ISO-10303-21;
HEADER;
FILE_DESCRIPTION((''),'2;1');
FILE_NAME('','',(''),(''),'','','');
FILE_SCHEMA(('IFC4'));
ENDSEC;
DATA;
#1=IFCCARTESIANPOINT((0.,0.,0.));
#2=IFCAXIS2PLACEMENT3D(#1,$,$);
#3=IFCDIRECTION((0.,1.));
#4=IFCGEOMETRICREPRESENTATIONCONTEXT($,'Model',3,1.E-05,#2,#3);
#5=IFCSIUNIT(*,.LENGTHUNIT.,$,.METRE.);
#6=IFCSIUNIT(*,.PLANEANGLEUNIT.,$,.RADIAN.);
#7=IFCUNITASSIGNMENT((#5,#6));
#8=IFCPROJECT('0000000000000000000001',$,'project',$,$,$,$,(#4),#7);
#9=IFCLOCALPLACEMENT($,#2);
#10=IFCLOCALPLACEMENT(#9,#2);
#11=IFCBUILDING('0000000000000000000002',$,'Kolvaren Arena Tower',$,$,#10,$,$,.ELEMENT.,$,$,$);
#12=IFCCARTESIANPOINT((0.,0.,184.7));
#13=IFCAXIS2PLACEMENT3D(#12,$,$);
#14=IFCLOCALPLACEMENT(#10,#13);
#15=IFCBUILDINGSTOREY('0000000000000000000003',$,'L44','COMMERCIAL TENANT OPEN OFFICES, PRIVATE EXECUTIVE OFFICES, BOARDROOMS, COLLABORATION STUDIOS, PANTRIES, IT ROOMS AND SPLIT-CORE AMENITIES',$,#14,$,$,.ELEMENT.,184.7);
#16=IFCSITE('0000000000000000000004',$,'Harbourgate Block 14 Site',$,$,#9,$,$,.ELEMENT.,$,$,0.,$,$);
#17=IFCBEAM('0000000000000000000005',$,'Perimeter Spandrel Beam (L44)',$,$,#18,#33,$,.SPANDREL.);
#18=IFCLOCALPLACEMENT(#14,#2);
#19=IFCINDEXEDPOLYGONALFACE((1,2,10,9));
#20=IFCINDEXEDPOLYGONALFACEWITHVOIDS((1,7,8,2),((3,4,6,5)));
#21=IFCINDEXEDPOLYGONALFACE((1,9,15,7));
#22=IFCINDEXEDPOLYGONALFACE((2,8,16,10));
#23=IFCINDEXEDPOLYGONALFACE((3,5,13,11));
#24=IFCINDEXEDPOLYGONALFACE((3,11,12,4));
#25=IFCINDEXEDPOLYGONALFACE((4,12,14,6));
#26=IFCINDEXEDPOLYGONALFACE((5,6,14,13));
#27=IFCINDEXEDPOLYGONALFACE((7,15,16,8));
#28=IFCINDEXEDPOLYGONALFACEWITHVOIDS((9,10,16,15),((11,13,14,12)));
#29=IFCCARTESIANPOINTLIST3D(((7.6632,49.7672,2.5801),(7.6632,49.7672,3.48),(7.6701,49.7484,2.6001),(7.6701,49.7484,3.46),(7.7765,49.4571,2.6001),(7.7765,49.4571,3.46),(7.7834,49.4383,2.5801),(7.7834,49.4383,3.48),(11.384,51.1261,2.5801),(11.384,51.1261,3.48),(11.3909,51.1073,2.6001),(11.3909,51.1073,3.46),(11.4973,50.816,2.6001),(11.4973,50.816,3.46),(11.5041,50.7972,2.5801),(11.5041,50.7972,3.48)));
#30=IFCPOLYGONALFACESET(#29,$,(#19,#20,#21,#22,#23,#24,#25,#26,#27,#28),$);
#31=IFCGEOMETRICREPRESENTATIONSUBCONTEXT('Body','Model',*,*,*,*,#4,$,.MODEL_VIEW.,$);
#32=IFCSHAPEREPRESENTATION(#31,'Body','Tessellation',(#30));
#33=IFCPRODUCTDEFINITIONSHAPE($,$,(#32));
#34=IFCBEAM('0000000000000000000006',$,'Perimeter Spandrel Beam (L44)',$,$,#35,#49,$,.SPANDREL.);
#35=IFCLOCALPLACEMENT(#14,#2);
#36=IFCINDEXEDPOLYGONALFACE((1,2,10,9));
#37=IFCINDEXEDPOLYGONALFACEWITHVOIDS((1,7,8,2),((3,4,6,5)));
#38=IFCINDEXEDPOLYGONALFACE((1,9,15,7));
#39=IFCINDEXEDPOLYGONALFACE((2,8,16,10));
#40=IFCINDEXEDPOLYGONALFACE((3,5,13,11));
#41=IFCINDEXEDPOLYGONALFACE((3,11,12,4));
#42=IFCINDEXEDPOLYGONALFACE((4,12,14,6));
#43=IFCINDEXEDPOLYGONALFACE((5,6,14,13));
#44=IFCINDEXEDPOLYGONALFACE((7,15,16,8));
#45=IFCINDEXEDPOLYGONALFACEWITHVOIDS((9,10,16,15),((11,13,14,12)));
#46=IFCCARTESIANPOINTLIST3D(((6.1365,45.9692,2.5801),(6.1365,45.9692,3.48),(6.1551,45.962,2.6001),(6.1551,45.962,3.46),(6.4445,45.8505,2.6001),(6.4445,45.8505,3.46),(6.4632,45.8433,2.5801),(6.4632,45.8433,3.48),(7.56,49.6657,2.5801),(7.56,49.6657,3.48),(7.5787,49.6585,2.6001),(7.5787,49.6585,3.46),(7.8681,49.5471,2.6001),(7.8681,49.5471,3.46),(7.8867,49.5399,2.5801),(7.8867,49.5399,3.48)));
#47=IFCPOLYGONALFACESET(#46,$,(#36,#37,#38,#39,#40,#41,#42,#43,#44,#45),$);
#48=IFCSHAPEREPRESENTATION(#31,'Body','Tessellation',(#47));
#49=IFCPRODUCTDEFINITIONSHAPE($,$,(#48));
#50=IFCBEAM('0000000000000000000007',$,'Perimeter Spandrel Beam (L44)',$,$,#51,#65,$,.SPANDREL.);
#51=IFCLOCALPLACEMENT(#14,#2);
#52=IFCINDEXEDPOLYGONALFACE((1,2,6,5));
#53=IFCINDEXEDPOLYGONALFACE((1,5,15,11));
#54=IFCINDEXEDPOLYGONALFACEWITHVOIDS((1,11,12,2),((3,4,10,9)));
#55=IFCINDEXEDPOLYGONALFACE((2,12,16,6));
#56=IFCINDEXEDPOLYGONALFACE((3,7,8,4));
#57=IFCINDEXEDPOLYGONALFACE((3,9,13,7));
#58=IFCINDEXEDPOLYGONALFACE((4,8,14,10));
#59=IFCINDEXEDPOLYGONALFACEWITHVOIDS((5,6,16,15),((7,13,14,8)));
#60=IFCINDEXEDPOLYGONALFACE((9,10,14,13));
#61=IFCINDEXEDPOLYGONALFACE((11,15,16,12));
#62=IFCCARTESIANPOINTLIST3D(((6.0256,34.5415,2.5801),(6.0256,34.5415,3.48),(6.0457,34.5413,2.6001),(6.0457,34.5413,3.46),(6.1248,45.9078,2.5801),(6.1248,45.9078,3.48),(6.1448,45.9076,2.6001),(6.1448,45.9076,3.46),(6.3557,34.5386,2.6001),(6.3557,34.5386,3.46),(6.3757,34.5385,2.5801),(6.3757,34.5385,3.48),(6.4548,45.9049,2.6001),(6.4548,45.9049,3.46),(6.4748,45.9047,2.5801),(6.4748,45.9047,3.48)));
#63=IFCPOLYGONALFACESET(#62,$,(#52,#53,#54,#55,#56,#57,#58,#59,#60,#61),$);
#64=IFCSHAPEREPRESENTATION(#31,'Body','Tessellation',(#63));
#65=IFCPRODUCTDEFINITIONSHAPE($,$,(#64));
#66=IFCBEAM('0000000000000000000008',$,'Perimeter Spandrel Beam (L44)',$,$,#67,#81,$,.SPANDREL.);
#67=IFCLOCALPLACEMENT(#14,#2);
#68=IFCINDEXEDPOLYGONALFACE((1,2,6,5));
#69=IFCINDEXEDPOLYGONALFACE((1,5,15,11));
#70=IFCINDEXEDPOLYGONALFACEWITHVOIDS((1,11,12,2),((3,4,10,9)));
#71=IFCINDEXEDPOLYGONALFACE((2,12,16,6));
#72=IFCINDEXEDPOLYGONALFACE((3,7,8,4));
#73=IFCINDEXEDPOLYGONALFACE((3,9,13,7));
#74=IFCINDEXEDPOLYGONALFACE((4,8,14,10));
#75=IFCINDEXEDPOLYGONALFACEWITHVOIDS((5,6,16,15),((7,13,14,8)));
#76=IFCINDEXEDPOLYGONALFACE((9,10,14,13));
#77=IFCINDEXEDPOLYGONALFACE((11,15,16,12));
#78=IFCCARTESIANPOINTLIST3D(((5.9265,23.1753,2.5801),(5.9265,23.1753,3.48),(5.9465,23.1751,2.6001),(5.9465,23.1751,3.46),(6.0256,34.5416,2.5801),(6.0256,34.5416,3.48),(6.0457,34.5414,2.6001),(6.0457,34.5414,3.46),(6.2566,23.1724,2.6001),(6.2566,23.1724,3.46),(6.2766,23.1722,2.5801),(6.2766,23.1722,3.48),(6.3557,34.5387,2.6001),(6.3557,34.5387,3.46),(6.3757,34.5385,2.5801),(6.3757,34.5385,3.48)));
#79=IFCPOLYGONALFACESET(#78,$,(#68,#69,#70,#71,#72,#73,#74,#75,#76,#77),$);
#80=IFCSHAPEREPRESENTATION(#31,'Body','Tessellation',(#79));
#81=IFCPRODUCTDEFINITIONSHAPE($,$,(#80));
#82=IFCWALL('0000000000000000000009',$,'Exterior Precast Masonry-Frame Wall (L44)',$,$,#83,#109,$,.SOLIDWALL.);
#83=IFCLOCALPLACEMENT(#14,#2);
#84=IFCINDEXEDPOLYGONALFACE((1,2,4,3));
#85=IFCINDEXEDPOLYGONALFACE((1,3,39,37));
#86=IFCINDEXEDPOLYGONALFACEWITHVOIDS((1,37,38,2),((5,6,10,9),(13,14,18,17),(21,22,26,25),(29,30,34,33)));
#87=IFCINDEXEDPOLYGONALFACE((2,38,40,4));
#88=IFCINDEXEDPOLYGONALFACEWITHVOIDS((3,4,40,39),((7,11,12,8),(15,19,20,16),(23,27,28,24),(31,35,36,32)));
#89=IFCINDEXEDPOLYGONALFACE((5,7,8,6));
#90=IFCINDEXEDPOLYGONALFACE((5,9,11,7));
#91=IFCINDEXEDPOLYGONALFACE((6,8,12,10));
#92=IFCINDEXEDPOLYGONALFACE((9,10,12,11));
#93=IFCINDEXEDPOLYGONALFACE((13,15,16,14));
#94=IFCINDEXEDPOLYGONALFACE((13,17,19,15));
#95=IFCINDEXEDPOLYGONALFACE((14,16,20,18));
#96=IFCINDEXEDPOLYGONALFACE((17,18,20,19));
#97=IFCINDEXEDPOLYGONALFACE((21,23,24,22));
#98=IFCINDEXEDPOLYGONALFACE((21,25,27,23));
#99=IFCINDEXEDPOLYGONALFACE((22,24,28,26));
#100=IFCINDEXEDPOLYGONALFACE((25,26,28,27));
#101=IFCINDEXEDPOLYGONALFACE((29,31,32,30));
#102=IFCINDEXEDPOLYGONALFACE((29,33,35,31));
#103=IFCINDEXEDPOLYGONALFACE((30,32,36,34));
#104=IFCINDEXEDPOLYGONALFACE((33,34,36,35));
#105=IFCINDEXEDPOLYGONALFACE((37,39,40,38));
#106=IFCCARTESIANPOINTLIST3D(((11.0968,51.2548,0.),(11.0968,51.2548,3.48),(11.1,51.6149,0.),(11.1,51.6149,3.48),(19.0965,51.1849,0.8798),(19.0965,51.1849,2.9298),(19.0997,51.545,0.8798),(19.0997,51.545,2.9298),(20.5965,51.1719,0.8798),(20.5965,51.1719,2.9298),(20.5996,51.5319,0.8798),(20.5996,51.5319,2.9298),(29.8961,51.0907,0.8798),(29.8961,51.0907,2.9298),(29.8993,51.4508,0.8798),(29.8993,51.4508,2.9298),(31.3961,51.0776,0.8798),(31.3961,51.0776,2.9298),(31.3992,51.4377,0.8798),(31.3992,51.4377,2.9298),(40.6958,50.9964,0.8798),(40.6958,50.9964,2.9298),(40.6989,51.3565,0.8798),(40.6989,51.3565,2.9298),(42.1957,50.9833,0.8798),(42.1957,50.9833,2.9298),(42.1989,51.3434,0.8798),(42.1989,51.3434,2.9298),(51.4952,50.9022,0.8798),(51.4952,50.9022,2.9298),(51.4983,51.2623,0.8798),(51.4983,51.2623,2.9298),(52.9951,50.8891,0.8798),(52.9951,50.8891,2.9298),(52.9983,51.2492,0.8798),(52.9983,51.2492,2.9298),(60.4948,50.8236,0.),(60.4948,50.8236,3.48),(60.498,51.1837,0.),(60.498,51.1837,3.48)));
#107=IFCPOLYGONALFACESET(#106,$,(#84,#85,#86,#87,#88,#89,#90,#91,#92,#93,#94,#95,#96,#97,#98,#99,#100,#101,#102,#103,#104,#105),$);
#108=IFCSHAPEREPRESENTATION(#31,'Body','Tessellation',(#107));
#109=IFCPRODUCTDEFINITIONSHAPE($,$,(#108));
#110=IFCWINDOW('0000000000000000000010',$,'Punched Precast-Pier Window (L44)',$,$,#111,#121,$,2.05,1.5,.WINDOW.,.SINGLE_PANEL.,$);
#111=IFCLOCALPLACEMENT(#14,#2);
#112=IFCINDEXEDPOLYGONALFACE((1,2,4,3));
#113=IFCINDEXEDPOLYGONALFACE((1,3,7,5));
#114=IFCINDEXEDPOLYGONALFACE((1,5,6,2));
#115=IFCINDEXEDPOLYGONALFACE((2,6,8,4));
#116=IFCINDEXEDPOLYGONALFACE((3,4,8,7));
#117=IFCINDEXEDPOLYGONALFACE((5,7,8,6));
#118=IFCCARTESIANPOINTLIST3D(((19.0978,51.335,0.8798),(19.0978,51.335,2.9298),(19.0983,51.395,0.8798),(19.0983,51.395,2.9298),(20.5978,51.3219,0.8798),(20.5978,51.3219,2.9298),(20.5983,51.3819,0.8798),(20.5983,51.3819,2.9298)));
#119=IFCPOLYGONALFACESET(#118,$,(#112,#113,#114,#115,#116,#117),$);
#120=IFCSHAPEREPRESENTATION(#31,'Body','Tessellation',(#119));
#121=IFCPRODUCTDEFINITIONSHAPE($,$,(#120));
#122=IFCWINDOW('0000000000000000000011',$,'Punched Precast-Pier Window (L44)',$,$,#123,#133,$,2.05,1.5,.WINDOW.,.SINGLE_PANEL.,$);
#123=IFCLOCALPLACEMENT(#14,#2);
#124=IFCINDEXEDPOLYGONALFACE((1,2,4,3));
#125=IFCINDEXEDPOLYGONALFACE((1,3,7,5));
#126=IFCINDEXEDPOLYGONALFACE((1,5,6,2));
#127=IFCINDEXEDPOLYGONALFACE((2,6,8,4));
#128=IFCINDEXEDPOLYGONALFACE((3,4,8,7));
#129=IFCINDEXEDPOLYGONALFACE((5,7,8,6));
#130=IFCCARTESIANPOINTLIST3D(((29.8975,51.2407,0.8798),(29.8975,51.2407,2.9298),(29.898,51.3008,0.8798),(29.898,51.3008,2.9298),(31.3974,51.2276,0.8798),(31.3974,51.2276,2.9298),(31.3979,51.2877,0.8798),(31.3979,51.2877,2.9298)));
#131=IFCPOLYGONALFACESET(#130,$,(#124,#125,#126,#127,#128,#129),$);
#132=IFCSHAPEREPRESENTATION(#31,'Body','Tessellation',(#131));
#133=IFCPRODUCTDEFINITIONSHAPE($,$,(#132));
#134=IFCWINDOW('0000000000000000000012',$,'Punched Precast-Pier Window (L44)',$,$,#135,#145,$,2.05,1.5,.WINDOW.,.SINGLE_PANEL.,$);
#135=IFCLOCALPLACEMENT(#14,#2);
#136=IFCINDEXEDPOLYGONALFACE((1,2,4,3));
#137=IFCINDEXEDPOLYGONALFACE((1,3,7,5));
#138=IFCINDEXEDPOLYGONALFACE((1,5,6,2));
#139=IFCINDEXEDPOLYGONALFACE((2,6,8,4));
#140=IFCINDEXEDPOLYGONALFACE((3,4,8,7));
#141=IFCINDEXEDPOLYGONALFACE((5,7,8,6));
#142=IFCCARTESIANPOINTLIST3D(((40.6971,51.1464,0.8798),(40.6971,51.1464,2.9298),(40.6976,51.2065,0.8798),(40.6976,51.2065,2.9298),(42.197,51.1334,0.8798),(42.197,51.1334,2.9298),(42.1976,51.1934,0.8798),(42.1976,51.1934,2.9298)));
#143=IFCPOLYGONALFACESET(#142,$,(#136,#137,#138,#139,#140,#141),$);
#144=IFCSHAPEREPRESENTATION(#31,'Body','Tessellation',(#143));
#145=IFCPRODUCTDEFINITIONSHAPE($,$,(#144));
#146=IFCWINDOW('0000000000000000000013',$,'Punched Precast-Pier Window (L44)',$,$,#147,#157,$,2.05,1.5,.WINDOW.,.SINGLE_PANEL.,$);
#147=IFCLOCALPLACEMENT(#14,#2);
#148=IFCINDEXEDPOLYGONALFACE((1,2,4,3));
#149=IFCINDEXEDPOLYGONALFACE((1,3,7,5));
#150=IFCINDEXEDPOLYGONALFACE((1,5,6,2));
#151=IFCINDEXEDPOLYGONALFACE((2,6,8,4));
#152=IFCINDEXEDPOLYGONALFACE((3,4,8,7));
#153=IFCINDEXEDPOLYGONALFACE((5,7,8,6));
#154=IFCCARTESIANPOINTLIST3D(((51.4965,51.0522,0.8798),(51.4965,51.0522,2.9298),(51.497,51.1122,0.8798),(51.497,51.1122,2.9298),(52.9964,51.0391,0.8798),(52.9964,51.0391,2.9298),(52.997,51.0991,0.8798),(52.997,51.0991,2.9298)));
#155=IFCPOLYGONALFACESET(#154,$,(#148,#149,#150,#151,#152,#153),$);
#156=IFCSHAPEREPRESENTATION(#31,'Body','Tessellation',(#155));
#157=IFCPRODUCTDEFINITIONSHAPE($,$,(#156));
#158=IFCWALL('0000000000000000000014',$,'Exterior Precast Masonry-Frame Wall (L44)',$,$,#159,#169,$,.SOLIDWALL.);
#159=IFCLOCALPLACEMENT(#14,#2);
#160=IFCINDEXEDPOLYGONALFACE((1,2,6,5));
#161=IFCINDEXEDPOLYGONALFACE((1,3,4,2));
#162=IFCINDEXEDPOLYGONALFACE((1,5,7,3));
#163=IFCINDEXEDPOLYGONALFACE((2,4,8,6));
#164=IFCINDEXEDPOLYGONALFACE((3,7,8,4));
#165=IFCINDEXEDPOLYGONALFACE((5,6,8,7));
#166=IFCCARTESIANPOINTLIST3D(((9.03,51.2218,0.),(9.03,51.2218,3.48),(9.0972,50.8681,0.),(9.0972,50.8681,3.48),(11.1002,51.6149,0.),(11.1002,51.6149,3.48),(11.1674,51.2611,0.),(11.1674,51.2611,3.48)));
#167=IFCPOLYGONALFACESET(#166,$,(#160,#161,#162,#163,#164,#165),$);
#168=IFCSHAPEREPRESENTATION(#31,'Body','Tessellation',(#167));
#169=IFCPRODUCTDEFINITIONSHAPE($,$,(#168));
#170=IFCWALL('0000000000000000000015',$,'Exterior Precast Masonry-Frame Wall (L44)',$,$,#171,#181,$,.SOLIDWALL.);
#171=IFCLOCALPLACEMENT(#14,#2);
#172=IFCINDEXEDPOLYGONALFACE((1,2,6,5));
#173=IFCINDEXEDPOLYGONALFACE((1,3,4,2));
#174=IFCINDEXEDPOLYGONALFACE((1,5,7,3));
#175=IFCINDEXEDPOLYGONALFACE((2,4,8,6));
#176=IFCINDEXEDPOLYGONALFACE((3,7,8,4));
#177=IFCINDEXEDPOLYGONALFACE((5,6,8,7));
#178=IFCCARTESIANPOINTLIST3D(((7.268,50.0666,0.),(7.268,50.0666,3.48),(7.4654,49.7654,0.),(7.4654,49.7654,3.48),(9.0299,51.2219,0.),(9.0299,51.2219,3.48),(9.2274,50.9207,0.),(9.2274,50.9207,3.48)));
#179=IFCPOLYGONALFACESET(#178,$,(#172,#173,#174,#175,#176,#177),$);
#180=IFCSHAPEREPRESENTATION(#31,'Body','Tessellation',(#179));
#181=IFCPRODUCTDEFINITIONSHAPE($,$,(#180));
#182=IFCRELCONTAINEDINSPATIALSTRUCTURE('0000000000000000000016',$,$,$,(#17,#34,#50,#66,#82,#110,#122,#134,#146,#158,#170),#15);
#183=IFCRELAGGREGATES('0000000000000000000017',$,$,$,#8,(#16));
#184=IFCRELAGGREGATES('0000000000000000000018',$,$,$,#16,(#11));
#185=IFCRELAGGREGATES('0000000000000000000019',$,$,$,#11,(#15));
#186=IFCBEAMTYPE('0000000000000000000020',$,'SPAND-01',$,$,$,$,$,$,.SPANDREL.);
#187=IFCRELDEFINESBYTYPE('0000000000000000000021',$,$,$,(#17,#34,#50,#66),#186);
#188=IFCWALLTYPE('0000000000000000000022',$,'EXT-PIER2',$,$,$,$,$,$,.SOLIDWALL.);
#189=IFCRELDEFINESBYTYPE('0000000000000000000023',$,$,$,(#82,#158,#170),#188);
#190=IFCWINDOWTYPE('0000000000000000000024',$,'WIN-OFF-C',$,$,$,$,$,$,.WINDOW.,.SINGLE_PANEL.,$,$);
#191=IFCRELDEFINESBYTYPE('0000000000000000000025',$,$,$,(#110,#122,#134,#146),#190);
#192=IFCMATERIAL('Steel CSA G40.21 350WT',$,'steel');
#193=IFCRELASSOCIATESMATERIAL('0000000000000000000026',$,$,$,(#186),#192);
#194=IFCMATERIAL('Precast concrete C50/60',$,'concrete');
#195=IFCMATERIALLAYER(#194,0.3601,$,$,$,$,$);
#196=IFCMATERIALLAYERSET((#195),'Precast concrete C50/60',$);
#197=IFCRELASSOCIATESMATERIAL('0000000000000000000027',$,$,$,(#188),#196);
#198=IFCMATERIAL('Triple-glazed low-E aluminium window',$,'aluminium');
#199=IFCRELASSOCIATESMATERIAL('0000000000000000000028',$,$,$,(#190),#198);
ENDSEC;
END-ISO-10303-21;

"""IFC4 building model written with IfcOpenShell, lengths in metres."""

from ifc_helpers import new_model, si_unit, direction, frame, frame_2d, origin, origin_2d, place, context, subcontext, project, spatial, rectangle, hollow_rectangle, extrude, material, layer, layer_set, material_profile, profile_set, type_object, element, fill, save


model = new_model("IFC4")

# Units and contexts
model_context = context("Model", 3, precision=1e-05, world=origin(), true_north=direction((0.0, 1.0)))
body_context = subcontext(model_context, "Body", "Model", "MODEL_VIEW")
ifc_project = project(units=[si_unit("LENGTHUNIT", "METRE"), si_unit("PLANEANGLEUNIT", "RADIAN")], contexts=[model_context])

# Site, building, storey
site_placement = place(None, origin())
site = spatial("IfcSite", under=ifc_project, at=site_placement, Name="Harbourgate Block 14 Site", CompositionType="ELEMENT", RefElevation=0.0)
building_placement = place(site_placement, origin())
building = spatial("IfcBuilding", under=site, at=building_placement, Name="Kolvaren Arena Tower", CompositionType="ELEMENT")
storey_placement = place(building_placement, frame((0.0, 0.0, 184.7)))
storey = spatial("IfcBuildingStorey", under=building, at=storey_placement, Name="L44", Description="COMMERCIAL TENANT OPEN OFFICES, PRIVATE EXECUTIVE OFFICES, BOARDROOMS, COLLABORATION STUDIOS, PANTRIES, IT ROOMS AND SPLIT-CORE AMENITIES", CompositionType="ELEMENT", Elevation=184.7)

# Beams
ifc_material_1 = material(Name="Steel CSA G40.21 350WT", Category="steel")
ifc_material_profile_1 = material_profile(ifc_material_1, hollow_rectangle(XDim=0.3501, YDim=0.8999, WallThickness=0.02, at=origin_2d()), Name="HSS 900x350x20")
ifc_profile_set_1 = profile_set([ifc_material_profile_1], Name="Steel CSA G40.21 350WT")
beam_type_1 = type_object("IfcBeamType", Name="SPAND-01", PredefinedType="SPANDREL", material=ifc_profile_set_1)
for number, where, z_axis, x_axis, name in (
    (1, (11.4441, 50.9617, 3.03), (-0.939314, -0.343059, 0.0), (0.343059, -0.939314, 0.0), "Perimeter Spandrel Beam (L44)"),
    (2, (7.7234, 49.6028, 3.03), (-0.359384, -0.93319, 0.0), (0.93319, -0.359384, 0.0), "Perimeter Spandrel Beam (L44)"),
):
    element("IfcBeam", number, at=place(storey_placement, frame(where, z_axis=z_axis, x_axis=x_axis)), inside=storey, type_object=beam_type_1, Name=name, PredefinedType="SPANDREL", context=body_context, shape_type="SweptSolid", body=[
        extrude(hollow_rectangle(XDim=0.3501, YDim=0.8999, WallThickness=0.02, at=origin_2d()), origin(), (0.0, 0.0, 1.0), 3.9612),
    ])
for number, where, z_axis, x_axis, name in (
    (3, (6.2998, 45.9062, 3.03), (-0.00872, -0.999962, 0.0), (0.999962, -0.00872, 0.0), "Perimeter Spandrel Beam (L44)"),
    (4, (6.2007, 34.54, 3.03), (-0.00872, -0.999962, 0.0), (0.999962, -0.00872, 0.0), "Perimeter Spandrel Beam (L44)"),
):
    element("IfcBeam", number, at=place(storey_placement, frame(where, z_axis=z_axis, x_axis=x_axis)), inside=storey, type_object=beam_type_1, Name=name, PredefinedType="SPANDREL", context=body_context, shape_type="SweptSolid", body=[
        extrude(hollow_rectangle(XDim=0.3501, YDim=0.8999, WallThickness=0.02, at=origin_2d()), origin(), (0.0, 0.0, 1.0), 11.3667),
    ])

# Wall, openings, windows
ifc_material_2 = material(Name="Precast concrete C50/60", Category="concrete")
ifc_layer_1 = layer(ifc_material_2, 0.3601)
ifc_layer_set_1 = layer_set([ifc_layer_1], Name="Precast concrete C50/60")
wall_type_1 = type_object("IfcWallType", Name="EXT-PIER2", PredefinedType="SOLIDWALL", material=ifc_layer_set_1)
wall_1_placement = place(storey_placement, frame((11.0984, 51.4348, 0.0), z_axis=(0.0, 0.0, 1.0), x_axis=(0.999962, -0.008728, 0.0)))
wall_1 = element("IfcWall", 5, at=wall_1_placement, inside=storey, type_object=wall_type_1, Name="Exterior Precast Masonry-Frame Wall (L44)", PredefinedType="SOLIDWALL", context=body_context, shape_type="SweptSolid", body=[
    extrude(rectangle(XDim=49.3999, YDim=0.3601, at=frame_2d((24.7, 0.0))), origin(), (0.0, 0.0, 1.0), 3.48),
])
opening_1_placement = place(wall_1_placement, frame((8.0, 0.0, 0.8799)))
opening_1 = element("IfcOpeningElement", 6, at=opening_1_placement, cuts=wall_1, PredefinedType="OPENING", context=body_context, shape_type="SweptSolid", body=[
    extrude(rectangle(XDim=1.5, YDim=2.05, at=frame_2d((0.75, 1.0249))), frame((0.0, 0.1899, 0.0), z_axis=(0.0, -1.0, 0.0), x_axis=(1.0, 0.0, 0.0)), (0.0, 0.0, 1.0), 0.3801),
])
opening_2_placement = place(wall_1_placement, frame((18.8, 0.0, 0.8799)))
opening_2 = element("IfcOpeningElement", 7, at=opening_2_placement, cuts=wall_1, PredefinedType="OPENING", context=body_context, shape_type="SweptSolid", body=[
    extrude(rectangle(XDim=1.5, YDim=2.05, at=frame_2d((0.75, 1.0249))), frame((0.0, 0.1899, 0.0), z_axis=(0.0, -1.0, 0.0), x_axis=(1.0, 0.0, 0.0)), (0.0, 0.0, 1.0), 0.3801),
])
opening_3_placement = place(wall_1_placement, frame((29.6001, 0.0, 0.8799)))
opening_3 = element("IfcOpeningElement", 8, at=opening_3_placement, cuts=wall_1, PredefinedType="OPENING", context=body_context, shape_type="SweptSolid", body=[
    extrude(rectangle(XDim=1.5, YDim=2.05, at=frame_2d((0.75, 1.0249))), frame((0.0, 0.1899, 0.0), z_axis=(0.0, -1.0, 0.0), x_axis=(1.0, 0.0, 0.0)), (0.0, 0.0, 1.0), 0.3801),
])
opening_4_placement = place(wall_1_placement, frame((40.3999, 0.0, 0.8799)))
opening_4 = element("IfcOpeningElement", 9, at=opening_4_placement, cuts=wall_1, PredefinedType="OPENING", context=body_context, shape_type="SweptSolid", body=[
    extrude(rectangle(XDim=1.5, YDim=2.05, at=frame_2d((0.75, 1.0249))), frame((0.0, 0.1899, 0.0), z_axis=(0.0, -1.0, 0.0), x_axis=(1.0, 0.0, 0.0)), (0.0, 0.0, 1.0), 0.3801),
])
ifc_material_3 = material(Name="Triple-glazed low-E aluminium window", Category="aluminium")
window_type = type_object("IfcWindowType", Name="WIN-OFF-C", PartitioningType="SINGLE_PANEL", PredefinedType="WINDOW", material=ifc_material_3)
window_1_placement = place(opening_1_placement, origin())
window_1 = element("IfcWindow", 10, at=window_1_placement, inside=storey, type_object=window_type, Name="Punched Precast-Pier Window (L44)", OverallHeight=2.05, OverallWidth=1.5, PartitioningType="SINGLE_PANEL", PredefinedType="WINDOW", context=body_context, shape_type="SweptSolid", body=[
    extrude(rectangle(XDim=1.5, YDim=2.05, at=frame_2d((0.75, 1.0249))), frame((0.0, 0.03, 0.0), z_axis=(0.0, -1.0, 0.0), x_axis=(1.0, 0.0, 0.0)), (0.0, 0.0, 1.0), 0.0601),
])
fill(opening_1, window_1)
window_2_placement = place(opening_2_placement, origin())
window_2 = element("IfcWindow", 11, at=window_2_placement, inside=storey, type_object=window_type, Name="Punched Precast-Pier Window (L44)", OverallHeight=2.05, OverallWidth=1.5, PartitioningType="SINGLE_PANEL", PredefinedType="WINDOW", context=body_context, shape_type="SweptSolid", body=[
    extrude(rectangle(XDim=1.5, YDim=2.05, at=frame_2d((0.75, 1.0249))), frame((0.0, 0.03, 0.0), z_axis=(0.0, -1.0, 0.0), x_axis=(1.0, 0.0, 0.0)), (0.0, 0.0, 1.0), 0.0601),
])
fill(opening_2, window_2)
window_3_placement = place(opening_3_placement, origin())
window_3 = element("IfcWindow", 12, at=window_3_placement, inside=storey, type_object=window_type, Name="Punched Precast-Pier Window (L44)", OverallHeight=2.05, OverallWidth=1.5, PartitioningType="SINGLE_PANEL", PredefinedType="WINDOW", context=body_context, shape_type="SweptSolid", body=[
    extrude(rectangle(XDim=1.5, YDim=2.05, at=frame_2d((0.75, 1.0249))), frame((0.0, 0.03, 0.0), z_axis=(0.0, -1.0, 0.0), x_axis=(1.0, 0.0, 0.0)), (0.0, 0.0, 1.0), 0.0601),
])
fill(opening_3, window_3)
window_4_placement = place(opening_4_placement, origin())
window_4 = element("IfcWindow", 13, at=window_4_placement, inside=storey, type_object=window_type, Name="Punched Precast-Pier Window (L44)", OverallHeight=2.05, OverallWidth=1.5, PartitioningType="SINGLE_PANEL", PredefinedType="WINDOW", context=body_context, shape_type="SweptSolid", body=[
    extrude(rectangle(XDim=1.5, YDim=2.05, at=frame_2d((0.75, 1.0249))), frame((0.0, 0.03, 0.0), z_axis=(0.0, -1.0, 0.0), x_axis=(1.0, 0.0, 0.0)), (0.0, 0.0, 1.0), 0.0601),
])
fill(opening_4, window_4)

# Walls
wall_2_placement = place(storey_placement, frame((9.0635, 51.0449, 0.0), z_axis=(0.0, 0.0, 1.0), x_axis=(0.982446, 0.186548, 0.0)))
element("IfcWall", 14, at=wall_2_placement, inside=storey, type_object=wall_type_1, Name="Exterior Precast Masonry-Frame Wall (L44)", PredefinedType="SOLIDWALL", context=body_context, shape_type="SweptSolid", body=[
    extrude(rectangle(XDim=2.1072, YDim=0.3601, at=frame_2d((1.0537, 0.0))), origin(), (0.0, 0.0, 1.0), 3.48),
])
for number, where, z_axis, x_axis, name in (
    (15, (7.3667, 49.916, 0.0), (0.0, 0.0, 1.0), (0.836269, 0.54832, 0.0), "Exterior Precast Masonry-Frame Wall (L44)"),
):
    element("IfcWall", number, at=place(storey_placement, frame(where, z_axis=z_axis, x_axis=x_axis)), inside=storey, type_object=wall_type_1, Name=name, PredefinedType="SOLIDWALL", context=body_context, shape_type="SweptSolid", body=[
        extrude(rectangle(XDim=2.1069, YDim=0.3601, at=frame_2d((1.0535, 0.0))), origin(), (0.0, 0.0, 1.0), 3.48),
    ])

save(model, "model.ifc")
